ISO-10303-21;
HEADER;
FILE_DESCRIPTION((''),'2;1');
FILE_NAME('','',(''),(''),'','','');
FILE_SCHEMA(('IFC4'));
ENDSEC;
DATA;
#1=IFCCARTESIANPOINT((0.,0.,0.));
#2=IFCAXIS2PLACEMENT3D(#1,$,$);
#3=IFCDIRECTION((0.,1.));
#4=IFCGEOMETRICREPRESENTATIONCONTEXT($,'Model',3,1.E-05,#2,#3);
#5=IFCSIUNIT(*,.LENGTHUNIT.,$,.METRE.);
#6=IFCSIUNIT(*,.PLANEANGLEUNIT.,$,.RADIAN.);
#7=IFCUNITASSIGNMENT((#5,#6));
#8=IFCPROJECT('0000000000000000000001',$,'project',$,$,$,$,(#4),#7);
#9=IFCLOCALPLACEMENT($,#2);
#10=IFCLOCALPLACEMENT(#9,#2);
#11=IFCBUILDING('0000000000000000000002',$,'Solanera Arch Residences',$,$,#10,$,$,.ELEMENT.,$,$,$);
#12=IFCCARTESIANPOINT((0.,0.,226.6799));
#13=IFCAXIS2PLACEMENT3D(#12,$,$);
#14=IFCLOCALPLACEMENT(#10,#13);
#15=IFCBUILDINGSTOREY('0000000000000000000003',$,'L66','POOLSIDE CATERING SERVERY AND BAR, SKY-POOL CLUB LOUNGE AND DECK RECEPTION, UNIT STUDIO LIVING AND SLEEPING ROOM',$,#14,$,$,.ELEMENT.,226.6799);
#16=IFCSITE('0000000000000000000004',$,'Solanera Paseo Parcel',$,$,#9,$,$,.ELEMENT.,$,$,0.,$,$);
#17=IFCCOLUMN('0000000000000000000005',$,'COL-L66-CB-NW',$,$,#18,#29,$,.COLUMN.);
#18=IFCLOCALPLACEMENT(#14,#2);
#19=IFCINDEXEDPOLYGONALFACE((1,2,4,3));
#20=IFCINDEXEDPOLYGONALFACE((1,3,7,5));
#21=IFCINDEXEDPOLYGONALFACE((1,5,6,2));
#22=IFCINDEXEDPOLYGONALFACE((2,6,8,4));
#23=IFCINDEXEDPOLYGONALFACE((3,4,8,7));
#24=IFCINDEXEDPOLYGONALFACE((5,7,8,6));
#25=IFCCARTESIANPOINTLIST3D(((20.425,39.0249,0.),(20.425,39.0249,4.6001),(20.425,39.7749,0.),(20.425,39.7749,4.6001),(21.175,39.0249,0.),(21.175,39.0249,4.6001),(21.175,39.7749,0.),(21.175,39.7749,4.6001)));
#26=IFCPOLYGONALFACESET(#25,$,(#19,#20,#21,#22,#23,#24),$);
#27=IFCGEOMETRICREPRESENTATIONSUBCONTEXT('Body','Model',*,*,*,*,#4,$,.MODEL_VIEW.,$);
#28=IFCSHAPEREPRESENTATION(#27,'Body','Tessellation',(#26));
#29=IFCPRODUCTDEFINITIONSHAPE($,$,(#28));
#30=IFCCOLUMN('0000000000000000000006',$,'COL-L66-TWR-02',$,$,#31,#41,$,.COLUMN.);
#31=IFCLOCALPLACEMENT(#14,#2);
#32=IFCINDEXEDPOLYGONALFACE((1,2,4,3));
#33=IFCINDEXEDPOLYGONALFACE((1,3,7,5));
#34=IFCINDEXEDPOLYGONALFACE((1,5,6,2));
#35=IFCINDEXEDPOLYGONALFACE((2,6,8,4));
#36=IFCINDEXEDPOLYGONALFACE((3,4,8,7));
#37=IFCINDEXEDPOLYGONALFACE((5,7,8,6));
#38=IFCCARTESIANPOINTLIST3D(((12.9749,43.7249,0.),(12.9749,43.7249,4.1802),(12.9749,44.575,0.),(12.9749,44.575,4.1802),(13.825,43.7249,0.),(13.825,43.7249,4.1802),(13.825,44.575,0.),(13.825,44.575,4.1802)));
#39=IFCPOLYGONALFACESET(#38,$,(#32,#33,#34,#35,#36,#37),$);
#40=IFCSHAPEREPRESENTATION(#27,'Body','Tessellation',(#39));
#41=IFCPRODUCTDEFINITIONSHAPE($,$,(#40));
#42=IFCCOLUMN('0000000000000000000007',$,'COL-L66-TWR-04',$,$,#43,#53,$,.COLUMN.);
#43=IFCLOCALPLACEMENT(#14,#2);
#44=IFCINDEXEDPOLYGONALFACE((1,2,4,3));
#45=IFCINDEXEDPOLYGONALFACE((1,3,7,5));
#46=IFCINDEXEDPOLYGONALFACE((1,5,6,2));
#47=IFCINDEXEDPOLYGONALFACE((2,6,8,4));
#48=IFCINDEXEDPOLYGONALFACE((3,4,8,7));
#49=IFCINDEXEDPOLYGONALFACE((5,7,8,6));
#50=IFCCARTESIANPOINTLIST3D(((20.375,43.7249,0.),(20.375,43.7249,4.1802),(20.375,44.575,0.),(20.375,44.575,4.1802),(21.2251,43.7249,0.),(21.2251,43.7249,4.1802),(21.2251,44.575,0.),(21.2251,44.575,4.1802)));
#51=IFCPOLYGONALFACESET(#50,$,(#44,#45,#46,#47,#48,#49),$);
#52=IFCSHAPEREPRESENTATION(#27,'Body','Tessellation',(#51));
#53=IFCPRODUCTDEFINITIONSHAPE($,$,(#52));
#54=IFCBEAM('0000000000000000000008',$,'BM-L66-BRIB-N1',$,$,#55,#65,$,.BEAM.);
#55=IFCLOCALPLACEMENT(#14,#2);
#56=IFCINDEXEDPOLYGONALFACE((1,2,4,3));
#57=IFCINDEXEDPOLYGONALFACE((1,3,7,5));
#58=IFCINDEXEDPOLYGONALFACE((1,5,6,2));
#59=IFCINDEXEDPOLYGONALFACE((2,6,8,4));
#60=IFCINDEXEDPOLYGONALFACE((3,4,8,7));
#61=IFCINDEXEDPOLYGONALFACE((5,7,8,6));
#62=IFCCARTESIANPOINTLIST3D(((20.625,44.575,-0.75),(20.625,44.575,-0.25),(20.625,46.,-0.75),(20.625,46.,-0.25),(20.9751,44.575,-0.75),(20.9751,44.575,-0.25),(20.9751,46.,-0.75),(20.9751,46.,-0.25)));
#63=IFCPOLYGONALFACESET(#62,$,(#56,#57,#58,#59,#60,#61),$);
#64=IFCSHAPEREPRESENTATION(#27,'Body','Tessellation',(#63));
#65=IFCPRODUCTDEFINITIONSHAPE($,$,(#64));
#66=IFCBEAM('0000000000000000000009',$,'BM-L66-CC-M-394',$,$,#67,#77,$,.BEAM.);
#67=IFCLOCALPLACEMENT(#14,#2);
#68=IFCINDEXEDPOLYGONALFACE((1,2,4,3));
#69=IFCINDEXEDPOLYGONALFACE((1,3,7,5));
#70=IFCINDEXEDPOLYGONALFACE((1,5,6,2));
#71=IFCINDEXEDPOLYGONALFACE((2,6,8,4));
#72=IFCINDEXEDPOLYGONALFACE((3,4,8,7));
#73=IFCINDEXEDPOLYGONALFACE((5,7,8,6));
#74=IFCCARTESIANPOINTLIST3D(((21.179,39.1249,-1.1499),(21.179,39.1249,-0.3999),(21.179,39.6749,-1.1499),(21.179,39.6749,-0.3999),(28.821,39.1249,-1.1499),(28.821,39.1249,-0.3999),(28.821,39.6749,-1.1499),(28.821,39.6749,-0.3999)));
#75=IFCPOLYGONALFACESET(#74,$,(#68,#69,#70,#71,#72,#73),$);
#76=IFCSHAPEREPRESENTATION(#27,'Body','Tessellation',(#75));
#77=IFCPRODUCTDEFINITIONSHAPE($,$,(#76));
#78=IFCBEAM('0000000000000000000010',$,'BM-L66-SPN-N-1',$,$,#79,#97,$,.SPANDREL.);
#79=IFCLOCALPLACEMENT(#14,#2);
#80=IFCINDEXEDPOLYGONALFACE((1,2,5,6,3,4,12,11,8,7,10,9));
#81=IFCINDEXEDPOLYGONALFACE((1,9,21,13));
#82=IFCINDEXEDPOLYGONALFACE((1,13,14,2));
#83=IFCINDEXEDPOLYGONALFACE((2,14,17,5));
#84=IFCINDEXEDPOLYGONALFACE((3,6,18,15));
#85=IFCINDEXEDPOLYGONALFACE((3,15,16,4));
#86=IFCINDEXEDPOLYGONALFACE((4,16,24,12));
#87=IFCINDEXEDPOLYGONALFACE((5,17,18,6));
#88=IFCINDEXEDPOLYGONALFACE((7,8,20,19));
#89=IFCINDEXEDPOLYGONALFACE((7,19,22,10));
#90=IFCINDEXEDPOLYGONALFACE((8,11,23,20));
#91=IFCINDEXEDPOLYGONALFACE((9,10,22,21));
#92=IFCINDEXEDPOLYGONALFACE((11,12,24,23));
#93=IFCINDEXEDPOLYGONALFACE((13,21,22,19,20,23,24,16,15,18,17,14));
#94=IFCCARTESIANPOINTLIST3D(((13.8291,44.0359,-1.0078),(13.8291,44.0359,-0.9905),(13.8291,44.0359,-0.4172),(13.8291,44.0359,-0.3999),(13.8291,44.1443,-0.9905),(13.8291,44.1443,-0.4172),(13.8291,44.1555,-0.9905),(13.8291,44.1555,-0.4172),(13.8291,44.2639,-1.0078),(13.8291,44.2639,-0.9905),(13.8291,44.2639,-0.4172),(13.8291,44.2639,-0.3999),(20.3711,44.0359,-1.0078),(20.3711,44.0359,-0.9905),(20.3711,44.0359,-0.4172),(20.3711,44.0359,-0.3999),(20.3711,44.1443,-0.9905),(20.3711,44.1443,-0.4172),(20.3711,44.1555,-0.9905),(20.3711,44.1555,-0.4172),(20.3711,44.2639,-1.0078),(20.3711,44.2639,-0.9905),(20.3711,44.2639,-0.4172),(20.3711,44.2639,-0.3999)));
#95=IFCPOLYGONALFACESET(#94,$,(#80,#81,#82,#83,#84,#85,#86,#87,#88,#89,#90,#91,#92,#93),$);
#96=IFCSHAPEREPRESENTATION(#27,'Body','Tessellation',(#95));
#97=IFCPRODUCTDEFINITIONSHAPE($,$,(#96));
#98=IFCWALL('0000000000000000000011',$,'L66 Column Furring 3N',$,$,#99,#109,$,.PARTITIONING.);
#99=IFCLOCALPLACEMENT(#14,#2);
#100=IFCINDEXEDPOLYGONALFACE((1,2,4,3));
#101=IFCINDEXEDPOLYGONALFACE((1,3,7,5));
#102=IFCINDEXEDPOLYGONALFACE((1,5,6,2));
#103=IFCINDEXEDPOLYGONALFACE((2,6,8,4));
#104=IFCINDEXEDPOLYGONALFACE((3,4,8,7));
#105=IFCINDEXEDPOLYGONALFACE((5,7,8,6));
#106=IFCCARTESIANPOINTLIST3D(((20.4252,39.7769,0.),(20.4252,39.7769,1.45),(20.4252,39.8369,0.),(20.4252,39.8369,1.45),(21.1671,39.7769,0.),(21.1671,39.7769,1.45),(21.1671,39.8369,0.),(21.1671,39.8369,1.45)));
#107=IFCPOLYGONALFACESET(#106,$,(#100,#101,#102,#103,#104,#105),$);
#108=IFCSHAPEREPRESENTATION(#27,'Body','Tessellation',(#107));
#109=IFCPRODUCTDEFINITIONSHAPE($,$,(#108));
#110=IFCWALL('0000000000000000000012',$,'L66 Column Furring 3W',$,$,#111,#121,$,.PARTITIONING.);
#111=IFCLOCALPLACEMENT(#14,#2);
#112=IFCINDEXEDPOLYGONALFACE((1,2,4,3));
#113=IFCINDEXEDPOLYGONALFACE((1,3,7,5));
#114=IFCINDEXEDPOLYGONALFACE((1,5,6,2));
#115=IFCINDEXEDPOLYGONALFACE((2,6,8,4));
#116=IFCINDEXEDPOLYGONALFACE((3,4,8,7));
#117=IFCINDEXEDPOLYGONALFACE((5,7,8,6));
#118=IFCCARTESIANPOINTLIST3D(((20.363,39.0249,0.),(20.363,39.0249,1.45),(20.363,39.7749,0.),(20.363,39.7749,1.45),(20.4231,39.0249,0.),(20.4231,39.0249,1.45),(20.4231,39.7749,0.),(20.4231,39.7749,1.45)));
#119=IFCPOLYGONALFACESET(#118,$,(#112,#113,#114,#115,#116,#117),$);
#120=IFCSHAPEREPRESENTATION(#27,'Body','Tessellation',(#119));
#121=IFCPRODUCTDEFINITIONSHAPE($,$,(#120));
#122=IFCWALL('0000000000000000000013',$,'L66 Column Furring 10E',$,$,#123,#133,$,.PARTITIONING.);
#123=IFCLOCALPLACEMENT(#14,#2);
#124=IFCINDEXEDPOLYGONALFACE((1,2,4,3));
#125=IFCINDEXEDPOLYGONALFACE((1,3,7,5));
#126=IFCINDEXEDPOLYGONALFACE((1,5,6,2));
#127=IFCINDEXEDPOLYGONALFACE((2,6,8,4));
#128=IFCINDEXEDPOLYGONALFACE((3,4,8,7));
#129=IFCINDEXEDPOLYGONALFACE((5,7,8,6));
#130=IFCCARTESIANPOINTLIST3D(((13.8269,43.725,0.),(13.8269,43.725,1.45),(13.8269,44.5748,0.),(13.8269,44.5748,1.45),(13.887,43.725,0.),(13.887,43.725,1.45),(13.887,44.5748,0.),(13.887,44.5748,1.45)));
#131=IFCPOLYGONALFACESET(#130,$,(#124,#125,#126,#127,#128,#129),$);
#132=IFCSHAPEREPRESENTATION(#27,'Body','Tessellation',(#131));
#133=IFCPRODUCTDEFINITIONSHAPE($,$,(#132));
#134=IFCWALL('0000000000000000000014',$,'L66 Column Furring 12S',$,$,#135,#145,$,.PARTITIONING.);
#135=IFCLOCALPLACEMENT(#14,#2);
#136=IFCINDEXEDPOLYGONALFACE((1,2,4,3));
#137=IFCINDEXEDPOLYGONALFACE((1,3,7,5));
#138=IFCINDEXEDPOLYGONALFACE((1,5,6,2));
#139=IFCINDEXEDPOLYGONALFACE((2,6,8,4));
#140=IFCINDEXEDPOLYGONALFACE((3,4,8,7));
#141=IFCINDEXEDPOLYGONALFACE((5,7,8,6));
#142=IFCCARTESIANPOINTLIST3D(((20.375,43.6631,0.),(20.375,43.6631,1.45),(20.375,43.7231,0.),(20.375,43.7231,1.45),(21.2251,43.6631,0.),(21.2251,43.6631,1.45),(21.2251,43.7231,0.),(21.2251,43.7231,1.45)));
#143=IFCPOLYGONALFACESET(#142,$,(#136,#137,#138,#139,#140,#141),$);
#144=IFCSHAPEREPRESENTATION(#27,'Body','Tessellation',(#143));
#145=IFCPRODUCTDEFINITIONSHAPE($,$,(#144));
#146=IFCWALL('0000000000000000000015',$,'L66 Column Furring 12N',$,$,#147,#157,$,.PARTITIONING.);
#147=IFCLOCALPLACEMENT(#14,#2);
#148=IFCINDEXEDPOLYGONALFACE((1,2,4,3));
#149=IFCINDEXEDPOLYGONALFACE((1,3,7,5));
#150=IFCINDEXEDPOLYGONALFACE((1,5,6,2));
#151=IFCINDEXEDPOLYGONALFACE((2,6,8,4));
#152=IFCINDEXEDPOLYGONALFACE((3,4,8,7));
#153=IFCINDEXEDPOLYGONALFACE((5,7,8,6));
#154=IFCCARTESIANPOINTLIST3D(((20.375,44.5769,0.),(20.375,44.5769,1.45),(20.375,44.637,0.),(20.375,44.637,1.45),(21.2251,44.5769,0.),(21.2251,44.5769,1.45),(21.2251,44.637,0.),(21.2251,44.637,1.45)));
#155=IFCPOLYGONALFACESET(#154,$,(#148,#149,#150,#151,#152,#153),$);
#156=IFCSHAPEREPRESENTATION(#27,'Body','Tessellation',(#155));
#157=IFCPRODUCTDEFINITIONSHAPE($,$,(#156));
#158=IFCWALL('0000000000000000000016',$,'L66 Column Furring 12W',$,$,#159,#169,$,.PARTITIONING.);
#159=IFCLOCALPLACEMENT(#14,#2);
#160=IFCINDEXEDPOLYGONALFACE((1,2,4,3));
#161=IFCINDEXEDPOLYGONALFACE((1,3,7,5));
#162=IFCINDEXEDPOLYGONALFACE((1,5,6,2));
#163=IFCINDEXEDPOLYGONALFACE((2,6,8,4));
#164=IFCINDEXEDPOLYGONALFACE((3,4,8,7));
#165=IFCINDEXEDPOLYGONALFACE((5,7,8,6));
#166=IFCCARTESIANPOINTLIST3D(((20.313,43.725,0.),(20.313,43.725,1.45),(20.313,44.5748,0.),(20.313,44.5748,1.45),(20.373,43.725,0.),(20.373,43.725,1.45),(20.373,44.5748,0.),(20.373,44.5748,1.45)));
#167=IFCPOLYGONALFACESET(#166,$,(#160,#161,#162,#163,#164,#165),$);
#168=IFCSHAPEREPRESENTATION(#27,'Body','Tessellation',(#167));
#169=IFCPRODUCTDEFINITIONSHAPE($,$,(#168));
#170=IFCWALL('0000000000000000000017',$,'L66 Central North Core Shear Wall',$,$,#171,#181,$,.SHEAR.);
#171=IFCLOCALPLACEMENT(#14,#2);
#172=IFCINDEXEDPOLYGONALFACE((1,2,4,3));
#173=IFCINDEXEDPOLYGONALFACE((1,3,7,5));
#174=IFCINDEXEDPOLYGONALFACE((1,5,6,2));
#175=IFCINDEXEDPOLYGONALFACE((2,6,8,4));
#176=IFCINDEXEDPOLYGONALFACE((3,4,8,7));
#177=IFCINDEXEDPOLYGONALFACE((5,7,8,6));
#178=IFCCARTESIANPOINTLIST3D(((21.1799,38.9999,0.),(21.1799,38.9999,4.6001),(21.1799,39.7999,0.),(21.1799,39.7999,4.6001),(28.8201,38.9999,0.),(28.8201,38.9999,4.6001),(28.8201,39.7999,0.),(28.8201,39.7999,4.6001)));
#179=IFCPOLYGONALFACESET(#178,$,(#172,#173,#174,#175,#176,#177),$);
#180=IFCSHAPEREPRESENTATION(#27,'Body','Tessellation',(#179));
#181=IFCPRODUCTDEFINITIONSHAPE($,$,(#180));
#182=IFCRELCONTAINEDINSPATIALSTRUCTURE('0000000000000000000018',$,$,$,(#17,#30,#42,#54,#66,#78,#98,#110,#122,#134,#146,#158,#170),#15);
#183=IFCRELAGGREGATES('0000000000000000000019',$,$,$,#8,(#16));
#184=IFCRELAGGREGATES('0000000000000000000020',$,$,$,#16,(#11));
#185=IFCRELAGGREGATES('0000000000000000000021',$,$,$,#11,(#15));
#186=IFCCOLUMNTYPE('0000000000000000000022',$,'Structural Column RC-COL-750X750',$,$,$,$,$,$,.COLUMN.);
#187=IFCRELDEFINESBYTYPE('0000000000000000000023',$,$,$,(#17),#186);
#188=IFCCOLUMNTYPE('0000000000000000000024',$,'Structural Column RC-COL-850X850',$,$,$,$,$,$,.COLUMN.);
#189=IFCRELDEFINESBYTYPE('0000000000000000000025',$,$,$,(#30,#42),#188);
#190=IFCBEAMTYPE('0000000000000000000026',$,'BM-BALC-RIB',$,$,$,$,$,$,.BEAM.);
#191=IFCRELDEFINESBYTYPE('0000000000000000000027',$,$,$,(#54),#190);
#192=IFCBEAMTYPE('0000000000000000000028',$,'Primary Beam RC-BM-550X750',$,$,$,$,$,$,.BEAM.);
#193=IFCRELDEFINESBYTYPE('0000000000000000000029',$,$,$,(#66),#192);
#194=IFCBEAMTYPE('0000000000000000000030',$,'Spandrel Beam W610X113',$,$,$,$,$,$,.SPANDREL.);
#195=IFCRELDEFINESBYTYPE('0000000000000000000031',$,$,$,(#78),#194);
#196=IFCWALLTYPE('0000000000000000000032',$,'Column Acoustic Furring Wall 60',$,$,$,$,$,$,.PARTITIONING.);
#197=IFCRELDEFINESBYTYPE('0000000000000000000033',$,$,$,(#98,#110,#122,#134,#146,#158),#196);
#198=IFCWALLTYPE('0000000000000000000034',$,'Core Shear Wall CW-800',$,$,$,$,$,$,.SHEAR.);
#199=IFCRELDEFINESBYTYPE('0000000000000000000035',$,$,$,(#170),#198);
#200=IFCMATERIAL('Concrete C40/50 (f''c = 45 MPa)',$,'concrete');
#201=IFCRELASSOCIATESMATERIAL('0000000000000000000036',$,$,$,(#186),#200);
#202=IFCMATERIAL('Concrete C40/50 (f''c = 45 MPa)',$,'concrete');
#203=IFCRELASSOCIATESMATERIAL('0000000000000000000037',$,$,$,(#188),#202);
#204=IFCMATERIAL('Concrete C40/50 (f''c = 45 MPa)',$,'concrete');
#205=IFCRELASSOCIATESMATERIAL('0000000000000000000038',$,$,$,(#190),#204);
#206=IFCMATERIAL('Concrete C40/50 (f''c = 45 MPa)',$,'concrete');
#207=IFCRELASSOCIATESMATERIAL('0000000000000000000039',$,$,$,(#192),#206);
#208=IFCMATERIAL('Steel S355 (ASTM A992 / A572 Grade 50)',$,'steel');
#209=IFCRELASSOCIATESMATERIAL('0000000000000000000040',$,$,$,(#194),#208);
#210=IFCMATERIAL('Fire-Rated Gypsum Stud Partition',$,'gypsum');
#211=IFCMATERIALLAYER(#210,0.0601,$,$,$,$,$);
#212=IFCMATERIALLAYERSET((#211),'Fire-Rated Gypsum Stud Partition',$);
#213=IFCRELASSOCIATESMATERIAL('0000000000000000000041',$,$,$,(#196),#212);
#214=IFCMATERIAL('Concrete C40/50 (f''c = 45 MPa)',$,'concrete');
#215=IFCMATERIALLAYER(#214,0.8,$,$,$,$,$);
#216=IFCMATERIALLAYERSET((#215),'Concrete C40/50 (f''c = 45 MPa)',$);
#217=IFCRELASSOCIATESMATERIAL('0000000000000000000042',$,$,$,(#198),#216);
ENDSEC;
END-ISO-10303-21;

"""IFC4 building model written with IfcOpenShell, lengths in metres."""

from ifc_helpers import new_model, si_unit, direction, frame, frame_2d, origin, origin_2d, place, context, subcontext, project, spatial, rectangle, i_section, extrude, material, layer, layer_set, material_profile, profile_set, type_object, element, save


model = new_model("IFC4")

# Units and contexts
model_context = context("Model", 3, precision=1e-05, world=origin(), true_north=direction((0.0, 1.0)))
body_context = subcontext(model_context, "Body", "Model", "MODEL_VIEW")
ifc_project = project(units=[si_unit("LENGTHUNIT", "METRE"), si_unit("PLANEANGLEUNIT", "RADIAN")], contexts=[model_context])

# Site, building, storey
site_placement = place(None, origin())
site = spatial("IfcSite", under=ifc_project, at=site_placement, Name="Solanera Paseo Parcel", CompositionType="ELEMENT", RefElevation=0.0)
building_placement = place(site_placement, origin())
building = spatial("IfcBuilding", under=site, at=building_placement, Name="Solanera Arch Residences", CompositionType="ELEMENT")
storey_placement = place(building_placement, frame((0.0, 0.0, 226.6799)))
storey = spatial("IfcBuildingStorey", under=building, at=storey_placement, Name="L66", Description="POOLSIDE CATERING SERVERY AND BAR, SKY-POOL CLUB LOUNGE AND DECK RECEPTION, UNIT STUDIO LIVING AND SLEEPING ROOM", CompositionType="ELEMENT", Elevation=226.6799)

# Columns
ifc_material_1 = material(Name="Concrete C40/50 (f'c = 45 MPa)", Category="concrete")
ifc_material_profile_1 = material_profile(ifc_material_1, rectangle(XDim=0.75, YDim=0.75, at=origin_2d()))
ifc_profile_set_1 = profile_set([ifc_material_profile_1], Name="Concrete C40/50 (f'c = 45 MPa)")
column_type_1 = type_object("IfcColumnType", Name="Structural Column RC-COL-750X750", PredefinedType="COLUMN", material=ifc_profile_set_1)
column_placement = place(storey_placement, frame((20.8, 39.3999, 0.0), z_axis=(0.0, 0.0, 1.0), x_axis=(1.0, 0.0, 0.0)))
element("IfcColumn", 1, at=column_placement, inside=storey, type_object=column_type_1, Name="COL-L66-CB-NW", PredefinedType="COLUMN", context=body_context, shape_type="SweptSolid", body=[
    extrude(rectangle(XDim=0.75, YDim=0.75, at=origin_2d()), origin(), (0.0, 0.0, 1.0), 4.6001),
])
ifc_material_2 = material(Name="Concrete C40/50 (f'c = 45 MPa)", Category="concrete")
ifc_material_profile_2 = material_profile(ifc_material_2, rectangle(XDim=0.8501, YDim=0.8501, at=origin_2d()))
ifc_profile_set_2 = profile_set([ifc_material_profile_2], Name="Concrete C40/50 (f'c = 45 MPa)")
column_type_2 = type_object("IfcColumnType", Name="Structural Column RC-COL-850X850", PredefinedType="COLUMN", material=ifc_profile_set_2)
for number, where, z_axis, x_axis, name in (
    (2, (13.3999, 44.1499, 0.0), (0.0, 0.0, 1.0), (1.0, 0.0, 0.0), "COL-L66-TWR-02"),
    (3, (20.8, 44.1499, 0.0), (0.0, 0.0, 1.0), (1.0, 0.0, 0.0), "COL-L66-TWR-04"),
):
    element("IfcColumn", number, at=place(storey_placement, frame(where, z_axis=z_axis, x_axis=x_axis)), inside=storey, type_object=column_type_2, Name=name, PredefinedType="COLUMN", context=body_context, shape_type="SweptSolid", body=[
        extrude(rectangle(XDim=0.8501, YDim=0.8501, at=origin_2d()), origin(), (0.0, 0.0, 1.0), 4.1802),
    ])

# Beams
ifc_material_3 = material(Name="Concrete C40/50 (f'c = 45 MPa)", Category="concrete")
ifc_material_profile_3 = material_profile(ifc_material_3, rectangle(XDim=0.3501, YDim=0.5, at=origin_2d()))
ifc_profile_set_3 = profile_set([ifc_material_profile_3], Name="Concrete C40/50 (f'c = 45 MPa)")
beam_type_1 = type_object("IfcBeamType", Name="BM-BALC-RIB", PredefinedType="BEAM", material=ifc_profile_set_3)
beam_1_placement = place(storey_placement, frame((20.8, 44.575, -0.5), z_axis=(0.0, 1.0, 0.0), x_axis=(-1.0, 0.0, 0.0)))
element("IfcBeam", 4, at=beam_1_placement, inside=storey, type_object=beam_type_1, Name="BM-L66-BRIB-N1", PredefinedType="BEAM", context=body_context, shape_type="SweptSolid", body=[
    extrude(rectangle(XDim=0.3501, YDim=0.5, at=origin_2d()), origin(), (0.0, 0.0, 1.0), 1.425),
])
ifc_material_4 = material(Name="Concrete C40/50 (f'c = 45 MPa)", Category="concrete")
ifc_material_profile_4 = material_profile(ifc_material_4, rectangle(XDim=0.55, YDim=0.75, at=origin_2d()))
ifc_profile_set_4 = profile_set([ifc_material_profile_4], Name="Concrete C40/50 (f'c = 45 MPa)")
beam_type_2 = type_object("IfcBeamType", Name="Primary Beam RC-BM-550X750", PredefinedType="BEAM", material=ifc_profile_set_4)
beam_2_placement = place(storey_placement, frame((21.179, 39.3999, -0.7749), z_axis=(1.0, 0.0, 0.0), x_axis=(0.0, 1.0, 0.0)))
element("IfcBeam", 5, at=beam_2_placement, inside=storey, type_object=beam_type_2, Name="BM-L66-CC-M-394", PredefinedType="BEAM", context=body_context, shape_type="SweptSolid", body=[
    extrude(rectangle(XDim=0.55, YDim=0.75, at=origin_2d()), origin(), (0.0, 0.0, 1.0), 7.6421),
])
ifc_material_5 = material(Name="Steel S355 (ASTM A992 / A572 Grade 50)", Category="steel")
ifc_material_profile_5 = material_profile(ifc_material_5, i_section(OverallWidth=0.228, OverallDepth=0.6079, WebThickness=0.0112, FlangeThickness=0.0173, at=origin_2d()))
ifc_profile_set_5 = profile_set([ifc_material_profile_5], Name="Steel S355 (ASTM A992 / A572 Grade 50)")
beam_type_3 = type_object("IfcBeamType", Name="Spandrel Beam W610X113", PredefinedType="SPANDREL", material=ifc_profile_set_5)
beam_3_placement = place(storey_placement, frame((13.8291, 44.1499, -0.7039), z_axis=(1.0, 0.0, 0.0), x_axis=(0.0, 1.0, 0.0)))
element("IfcBeam", 6, at=beam_3_placement, inside=storey, type_object=beam_type_3, Name="BM-L66-SPN-N-1", PredefinedType="SPANDREL", context=body_context, shape_type="SweptSolid", body=[
    extrude(i_section(OverallWidth=0.228, OverallDepth=0.6079, WebThickness=0.0112, FlangeThickness=0.0173, at=origin_2d()), origin(), (0.0, 0.0, 1.0), 6.542),
])

# Walls
ifc_material_6 = material(Name="Fire-Rated Gypsum Stud Partition", Category="gypsum")
ifc_layer_1 = layer(ifc_material_6, 0.0601)
ifc_layer_set_1 = layer_set([ifc_layer_1], Name="Fire-Rated Gypsum Stud Partition")
wall_type_1 = type_object("IfcWallType", Name="Column Acoustic Furring Wall 60", PredefinedType="PARTITIONING", material=ifc_layer_set_1)
wall_1_placement = place(storey_placement, frame((20.425, 39.8069, 0.0), z_axis=(0.0, 0.0, 1.0), x_axis=(1.0, 0.0, 0.0)))
element("IfcWall", 7, at=wall_1_placement, inside=storey, type_object=wall_type_1, Name="L66 Column Furring 3N", PredefinedType="PARTITIONING", context=body_context, shape_type="SweptSolid", body=[
    extrude(rectangle(XDim=0.7419, YDim=0.0601, at=frame_2d((0.3711, 0.0))), origin(), (0.0, 0.0, 1.0), 1.45),
])
wall_2_placement = place(storey_placement, frame((20.3931, 39.0249, 0.0), z_axis=(0.0, 0.0, 1.0), x_axis=(0.0, 1.0, 0.0)))
element("IfcWall", 8, at=wall_2_placement, inside=storey, type_object=wall_type_1, Name="L66 Column Furring 3W", PredefinedType="PARTITIONING", context=body_context, shape_type="SweptSolid", body=[
    extrude(rectangle(XDim=0.75, YDim=0.0601, at=frame_2d((0.375, 0.0))), origin(), (0.0, 0.0, 1.0), 1.45),
])
wall_3_placement = place(storey_placement, frame((13.8569, 43.7251, 0.0), z_axis=(0.0, 0.0, 1.0), x_axis=(0.0, 1.0, 0.0)))
element("IfcWall", 9, at=wall_3_placement, inside=storey, type_object=wall_type_1, Name="L66 Column Furring 10E", PredefinedType="PARTITIONING", context=body_context, shape_type="SweptSolid", body=[
    extrude(rectangle(XDim=0.8499, YDim=0.0601, at=frame_2d((0.4248, 0.0))), origin(), (0.0, 0.0, 1.0), 1.45),
])
for number, where, z_axis, x_axis, name in (
    (10, (20.375, 43.6931, 0.0), (0.0, 0.0, 1.0), (1.0, 0.0, 0.0), "L66 Column Furring 12S"),
    (11, (20.375, 44.6069, 0.0), (0.0, 0.0, 1.0), (1.0, 0.0, 0.0), "L66 Column Furring 12N"),
):
    element("IfcWall", number, at=place(storey_placement, frame(where, z_axis=z_axis, x_axis=x_axis)), inside=storey, type_object=wall_type_1, Name=name, PredefinedType="PARTITIONING", context=body_context, shape_type="SweptSolid", body=[
        extrude(rectangle(XDim=0.8501, YDim=0.0601, at=frame_2d((0.425, 0.0))), origin(), (0.0, 0.0, 1.0), 1.45),
    ])
wall_4_placement = place(storey_placement, frame((20.343, 43.7251, 0.0), z_axis=(0.0, 0.0, 1.0), x_axis=(0.0, 1.0, 0.0)))
element("IfcWall", 12, at=wall_4_placement, inside=storey, type_object=wall_type_1, Name="L66 Column Furring 12W", PredefinedType="PARTITIONING", context=body_context, shape_type="SweptSolid", body=[
    extrude(rectangle(XDim=0.8499, YDim=0.0601, at=frame_2d((0.4248, 0.0))), origin(), (0.0, 0.0, 1.0), 1.45),
])
ifc_material_7 = material(Name="Concrete C40/50 (f'c = 45 MPa)", Category="concrete")
ifc_layer_2 = layer(ifc_material_7, 0.8)
ifc_layer_set_2 = layer_set([ifc_layer_2], Name="Concrete C40/50 (f'c = 45 MPa)")
wall_type_2 = type_object("IfcWallType", Name="Core Shear Wall CW-800", PredefinedType="SHEAR", material=ifc_layer_set_2)
wall_5_placement = place(storey_placement, frame((21.1799, 39.3999, 0.0), z_axis=(0.0, 0.0, 1.0), x_axis=(1.0, 0.0, 0.0)))
element("IfcWall", 13, at=wall_5_placement, inside=storey, type_object=wall_type_2, Name="L66 Central North Core Shear Wall", PredefinedType="SHEAR", context=body_context, shape_type="SweptSolid", body=[
    extrude(rectangle(XDim=7.6401, YDim=0.8, at=frame_2d((3.8201, 0.0))), origin(), (0.0, 0.0, 1.0), 4.6001),
])

save(model, "model.ifc")
